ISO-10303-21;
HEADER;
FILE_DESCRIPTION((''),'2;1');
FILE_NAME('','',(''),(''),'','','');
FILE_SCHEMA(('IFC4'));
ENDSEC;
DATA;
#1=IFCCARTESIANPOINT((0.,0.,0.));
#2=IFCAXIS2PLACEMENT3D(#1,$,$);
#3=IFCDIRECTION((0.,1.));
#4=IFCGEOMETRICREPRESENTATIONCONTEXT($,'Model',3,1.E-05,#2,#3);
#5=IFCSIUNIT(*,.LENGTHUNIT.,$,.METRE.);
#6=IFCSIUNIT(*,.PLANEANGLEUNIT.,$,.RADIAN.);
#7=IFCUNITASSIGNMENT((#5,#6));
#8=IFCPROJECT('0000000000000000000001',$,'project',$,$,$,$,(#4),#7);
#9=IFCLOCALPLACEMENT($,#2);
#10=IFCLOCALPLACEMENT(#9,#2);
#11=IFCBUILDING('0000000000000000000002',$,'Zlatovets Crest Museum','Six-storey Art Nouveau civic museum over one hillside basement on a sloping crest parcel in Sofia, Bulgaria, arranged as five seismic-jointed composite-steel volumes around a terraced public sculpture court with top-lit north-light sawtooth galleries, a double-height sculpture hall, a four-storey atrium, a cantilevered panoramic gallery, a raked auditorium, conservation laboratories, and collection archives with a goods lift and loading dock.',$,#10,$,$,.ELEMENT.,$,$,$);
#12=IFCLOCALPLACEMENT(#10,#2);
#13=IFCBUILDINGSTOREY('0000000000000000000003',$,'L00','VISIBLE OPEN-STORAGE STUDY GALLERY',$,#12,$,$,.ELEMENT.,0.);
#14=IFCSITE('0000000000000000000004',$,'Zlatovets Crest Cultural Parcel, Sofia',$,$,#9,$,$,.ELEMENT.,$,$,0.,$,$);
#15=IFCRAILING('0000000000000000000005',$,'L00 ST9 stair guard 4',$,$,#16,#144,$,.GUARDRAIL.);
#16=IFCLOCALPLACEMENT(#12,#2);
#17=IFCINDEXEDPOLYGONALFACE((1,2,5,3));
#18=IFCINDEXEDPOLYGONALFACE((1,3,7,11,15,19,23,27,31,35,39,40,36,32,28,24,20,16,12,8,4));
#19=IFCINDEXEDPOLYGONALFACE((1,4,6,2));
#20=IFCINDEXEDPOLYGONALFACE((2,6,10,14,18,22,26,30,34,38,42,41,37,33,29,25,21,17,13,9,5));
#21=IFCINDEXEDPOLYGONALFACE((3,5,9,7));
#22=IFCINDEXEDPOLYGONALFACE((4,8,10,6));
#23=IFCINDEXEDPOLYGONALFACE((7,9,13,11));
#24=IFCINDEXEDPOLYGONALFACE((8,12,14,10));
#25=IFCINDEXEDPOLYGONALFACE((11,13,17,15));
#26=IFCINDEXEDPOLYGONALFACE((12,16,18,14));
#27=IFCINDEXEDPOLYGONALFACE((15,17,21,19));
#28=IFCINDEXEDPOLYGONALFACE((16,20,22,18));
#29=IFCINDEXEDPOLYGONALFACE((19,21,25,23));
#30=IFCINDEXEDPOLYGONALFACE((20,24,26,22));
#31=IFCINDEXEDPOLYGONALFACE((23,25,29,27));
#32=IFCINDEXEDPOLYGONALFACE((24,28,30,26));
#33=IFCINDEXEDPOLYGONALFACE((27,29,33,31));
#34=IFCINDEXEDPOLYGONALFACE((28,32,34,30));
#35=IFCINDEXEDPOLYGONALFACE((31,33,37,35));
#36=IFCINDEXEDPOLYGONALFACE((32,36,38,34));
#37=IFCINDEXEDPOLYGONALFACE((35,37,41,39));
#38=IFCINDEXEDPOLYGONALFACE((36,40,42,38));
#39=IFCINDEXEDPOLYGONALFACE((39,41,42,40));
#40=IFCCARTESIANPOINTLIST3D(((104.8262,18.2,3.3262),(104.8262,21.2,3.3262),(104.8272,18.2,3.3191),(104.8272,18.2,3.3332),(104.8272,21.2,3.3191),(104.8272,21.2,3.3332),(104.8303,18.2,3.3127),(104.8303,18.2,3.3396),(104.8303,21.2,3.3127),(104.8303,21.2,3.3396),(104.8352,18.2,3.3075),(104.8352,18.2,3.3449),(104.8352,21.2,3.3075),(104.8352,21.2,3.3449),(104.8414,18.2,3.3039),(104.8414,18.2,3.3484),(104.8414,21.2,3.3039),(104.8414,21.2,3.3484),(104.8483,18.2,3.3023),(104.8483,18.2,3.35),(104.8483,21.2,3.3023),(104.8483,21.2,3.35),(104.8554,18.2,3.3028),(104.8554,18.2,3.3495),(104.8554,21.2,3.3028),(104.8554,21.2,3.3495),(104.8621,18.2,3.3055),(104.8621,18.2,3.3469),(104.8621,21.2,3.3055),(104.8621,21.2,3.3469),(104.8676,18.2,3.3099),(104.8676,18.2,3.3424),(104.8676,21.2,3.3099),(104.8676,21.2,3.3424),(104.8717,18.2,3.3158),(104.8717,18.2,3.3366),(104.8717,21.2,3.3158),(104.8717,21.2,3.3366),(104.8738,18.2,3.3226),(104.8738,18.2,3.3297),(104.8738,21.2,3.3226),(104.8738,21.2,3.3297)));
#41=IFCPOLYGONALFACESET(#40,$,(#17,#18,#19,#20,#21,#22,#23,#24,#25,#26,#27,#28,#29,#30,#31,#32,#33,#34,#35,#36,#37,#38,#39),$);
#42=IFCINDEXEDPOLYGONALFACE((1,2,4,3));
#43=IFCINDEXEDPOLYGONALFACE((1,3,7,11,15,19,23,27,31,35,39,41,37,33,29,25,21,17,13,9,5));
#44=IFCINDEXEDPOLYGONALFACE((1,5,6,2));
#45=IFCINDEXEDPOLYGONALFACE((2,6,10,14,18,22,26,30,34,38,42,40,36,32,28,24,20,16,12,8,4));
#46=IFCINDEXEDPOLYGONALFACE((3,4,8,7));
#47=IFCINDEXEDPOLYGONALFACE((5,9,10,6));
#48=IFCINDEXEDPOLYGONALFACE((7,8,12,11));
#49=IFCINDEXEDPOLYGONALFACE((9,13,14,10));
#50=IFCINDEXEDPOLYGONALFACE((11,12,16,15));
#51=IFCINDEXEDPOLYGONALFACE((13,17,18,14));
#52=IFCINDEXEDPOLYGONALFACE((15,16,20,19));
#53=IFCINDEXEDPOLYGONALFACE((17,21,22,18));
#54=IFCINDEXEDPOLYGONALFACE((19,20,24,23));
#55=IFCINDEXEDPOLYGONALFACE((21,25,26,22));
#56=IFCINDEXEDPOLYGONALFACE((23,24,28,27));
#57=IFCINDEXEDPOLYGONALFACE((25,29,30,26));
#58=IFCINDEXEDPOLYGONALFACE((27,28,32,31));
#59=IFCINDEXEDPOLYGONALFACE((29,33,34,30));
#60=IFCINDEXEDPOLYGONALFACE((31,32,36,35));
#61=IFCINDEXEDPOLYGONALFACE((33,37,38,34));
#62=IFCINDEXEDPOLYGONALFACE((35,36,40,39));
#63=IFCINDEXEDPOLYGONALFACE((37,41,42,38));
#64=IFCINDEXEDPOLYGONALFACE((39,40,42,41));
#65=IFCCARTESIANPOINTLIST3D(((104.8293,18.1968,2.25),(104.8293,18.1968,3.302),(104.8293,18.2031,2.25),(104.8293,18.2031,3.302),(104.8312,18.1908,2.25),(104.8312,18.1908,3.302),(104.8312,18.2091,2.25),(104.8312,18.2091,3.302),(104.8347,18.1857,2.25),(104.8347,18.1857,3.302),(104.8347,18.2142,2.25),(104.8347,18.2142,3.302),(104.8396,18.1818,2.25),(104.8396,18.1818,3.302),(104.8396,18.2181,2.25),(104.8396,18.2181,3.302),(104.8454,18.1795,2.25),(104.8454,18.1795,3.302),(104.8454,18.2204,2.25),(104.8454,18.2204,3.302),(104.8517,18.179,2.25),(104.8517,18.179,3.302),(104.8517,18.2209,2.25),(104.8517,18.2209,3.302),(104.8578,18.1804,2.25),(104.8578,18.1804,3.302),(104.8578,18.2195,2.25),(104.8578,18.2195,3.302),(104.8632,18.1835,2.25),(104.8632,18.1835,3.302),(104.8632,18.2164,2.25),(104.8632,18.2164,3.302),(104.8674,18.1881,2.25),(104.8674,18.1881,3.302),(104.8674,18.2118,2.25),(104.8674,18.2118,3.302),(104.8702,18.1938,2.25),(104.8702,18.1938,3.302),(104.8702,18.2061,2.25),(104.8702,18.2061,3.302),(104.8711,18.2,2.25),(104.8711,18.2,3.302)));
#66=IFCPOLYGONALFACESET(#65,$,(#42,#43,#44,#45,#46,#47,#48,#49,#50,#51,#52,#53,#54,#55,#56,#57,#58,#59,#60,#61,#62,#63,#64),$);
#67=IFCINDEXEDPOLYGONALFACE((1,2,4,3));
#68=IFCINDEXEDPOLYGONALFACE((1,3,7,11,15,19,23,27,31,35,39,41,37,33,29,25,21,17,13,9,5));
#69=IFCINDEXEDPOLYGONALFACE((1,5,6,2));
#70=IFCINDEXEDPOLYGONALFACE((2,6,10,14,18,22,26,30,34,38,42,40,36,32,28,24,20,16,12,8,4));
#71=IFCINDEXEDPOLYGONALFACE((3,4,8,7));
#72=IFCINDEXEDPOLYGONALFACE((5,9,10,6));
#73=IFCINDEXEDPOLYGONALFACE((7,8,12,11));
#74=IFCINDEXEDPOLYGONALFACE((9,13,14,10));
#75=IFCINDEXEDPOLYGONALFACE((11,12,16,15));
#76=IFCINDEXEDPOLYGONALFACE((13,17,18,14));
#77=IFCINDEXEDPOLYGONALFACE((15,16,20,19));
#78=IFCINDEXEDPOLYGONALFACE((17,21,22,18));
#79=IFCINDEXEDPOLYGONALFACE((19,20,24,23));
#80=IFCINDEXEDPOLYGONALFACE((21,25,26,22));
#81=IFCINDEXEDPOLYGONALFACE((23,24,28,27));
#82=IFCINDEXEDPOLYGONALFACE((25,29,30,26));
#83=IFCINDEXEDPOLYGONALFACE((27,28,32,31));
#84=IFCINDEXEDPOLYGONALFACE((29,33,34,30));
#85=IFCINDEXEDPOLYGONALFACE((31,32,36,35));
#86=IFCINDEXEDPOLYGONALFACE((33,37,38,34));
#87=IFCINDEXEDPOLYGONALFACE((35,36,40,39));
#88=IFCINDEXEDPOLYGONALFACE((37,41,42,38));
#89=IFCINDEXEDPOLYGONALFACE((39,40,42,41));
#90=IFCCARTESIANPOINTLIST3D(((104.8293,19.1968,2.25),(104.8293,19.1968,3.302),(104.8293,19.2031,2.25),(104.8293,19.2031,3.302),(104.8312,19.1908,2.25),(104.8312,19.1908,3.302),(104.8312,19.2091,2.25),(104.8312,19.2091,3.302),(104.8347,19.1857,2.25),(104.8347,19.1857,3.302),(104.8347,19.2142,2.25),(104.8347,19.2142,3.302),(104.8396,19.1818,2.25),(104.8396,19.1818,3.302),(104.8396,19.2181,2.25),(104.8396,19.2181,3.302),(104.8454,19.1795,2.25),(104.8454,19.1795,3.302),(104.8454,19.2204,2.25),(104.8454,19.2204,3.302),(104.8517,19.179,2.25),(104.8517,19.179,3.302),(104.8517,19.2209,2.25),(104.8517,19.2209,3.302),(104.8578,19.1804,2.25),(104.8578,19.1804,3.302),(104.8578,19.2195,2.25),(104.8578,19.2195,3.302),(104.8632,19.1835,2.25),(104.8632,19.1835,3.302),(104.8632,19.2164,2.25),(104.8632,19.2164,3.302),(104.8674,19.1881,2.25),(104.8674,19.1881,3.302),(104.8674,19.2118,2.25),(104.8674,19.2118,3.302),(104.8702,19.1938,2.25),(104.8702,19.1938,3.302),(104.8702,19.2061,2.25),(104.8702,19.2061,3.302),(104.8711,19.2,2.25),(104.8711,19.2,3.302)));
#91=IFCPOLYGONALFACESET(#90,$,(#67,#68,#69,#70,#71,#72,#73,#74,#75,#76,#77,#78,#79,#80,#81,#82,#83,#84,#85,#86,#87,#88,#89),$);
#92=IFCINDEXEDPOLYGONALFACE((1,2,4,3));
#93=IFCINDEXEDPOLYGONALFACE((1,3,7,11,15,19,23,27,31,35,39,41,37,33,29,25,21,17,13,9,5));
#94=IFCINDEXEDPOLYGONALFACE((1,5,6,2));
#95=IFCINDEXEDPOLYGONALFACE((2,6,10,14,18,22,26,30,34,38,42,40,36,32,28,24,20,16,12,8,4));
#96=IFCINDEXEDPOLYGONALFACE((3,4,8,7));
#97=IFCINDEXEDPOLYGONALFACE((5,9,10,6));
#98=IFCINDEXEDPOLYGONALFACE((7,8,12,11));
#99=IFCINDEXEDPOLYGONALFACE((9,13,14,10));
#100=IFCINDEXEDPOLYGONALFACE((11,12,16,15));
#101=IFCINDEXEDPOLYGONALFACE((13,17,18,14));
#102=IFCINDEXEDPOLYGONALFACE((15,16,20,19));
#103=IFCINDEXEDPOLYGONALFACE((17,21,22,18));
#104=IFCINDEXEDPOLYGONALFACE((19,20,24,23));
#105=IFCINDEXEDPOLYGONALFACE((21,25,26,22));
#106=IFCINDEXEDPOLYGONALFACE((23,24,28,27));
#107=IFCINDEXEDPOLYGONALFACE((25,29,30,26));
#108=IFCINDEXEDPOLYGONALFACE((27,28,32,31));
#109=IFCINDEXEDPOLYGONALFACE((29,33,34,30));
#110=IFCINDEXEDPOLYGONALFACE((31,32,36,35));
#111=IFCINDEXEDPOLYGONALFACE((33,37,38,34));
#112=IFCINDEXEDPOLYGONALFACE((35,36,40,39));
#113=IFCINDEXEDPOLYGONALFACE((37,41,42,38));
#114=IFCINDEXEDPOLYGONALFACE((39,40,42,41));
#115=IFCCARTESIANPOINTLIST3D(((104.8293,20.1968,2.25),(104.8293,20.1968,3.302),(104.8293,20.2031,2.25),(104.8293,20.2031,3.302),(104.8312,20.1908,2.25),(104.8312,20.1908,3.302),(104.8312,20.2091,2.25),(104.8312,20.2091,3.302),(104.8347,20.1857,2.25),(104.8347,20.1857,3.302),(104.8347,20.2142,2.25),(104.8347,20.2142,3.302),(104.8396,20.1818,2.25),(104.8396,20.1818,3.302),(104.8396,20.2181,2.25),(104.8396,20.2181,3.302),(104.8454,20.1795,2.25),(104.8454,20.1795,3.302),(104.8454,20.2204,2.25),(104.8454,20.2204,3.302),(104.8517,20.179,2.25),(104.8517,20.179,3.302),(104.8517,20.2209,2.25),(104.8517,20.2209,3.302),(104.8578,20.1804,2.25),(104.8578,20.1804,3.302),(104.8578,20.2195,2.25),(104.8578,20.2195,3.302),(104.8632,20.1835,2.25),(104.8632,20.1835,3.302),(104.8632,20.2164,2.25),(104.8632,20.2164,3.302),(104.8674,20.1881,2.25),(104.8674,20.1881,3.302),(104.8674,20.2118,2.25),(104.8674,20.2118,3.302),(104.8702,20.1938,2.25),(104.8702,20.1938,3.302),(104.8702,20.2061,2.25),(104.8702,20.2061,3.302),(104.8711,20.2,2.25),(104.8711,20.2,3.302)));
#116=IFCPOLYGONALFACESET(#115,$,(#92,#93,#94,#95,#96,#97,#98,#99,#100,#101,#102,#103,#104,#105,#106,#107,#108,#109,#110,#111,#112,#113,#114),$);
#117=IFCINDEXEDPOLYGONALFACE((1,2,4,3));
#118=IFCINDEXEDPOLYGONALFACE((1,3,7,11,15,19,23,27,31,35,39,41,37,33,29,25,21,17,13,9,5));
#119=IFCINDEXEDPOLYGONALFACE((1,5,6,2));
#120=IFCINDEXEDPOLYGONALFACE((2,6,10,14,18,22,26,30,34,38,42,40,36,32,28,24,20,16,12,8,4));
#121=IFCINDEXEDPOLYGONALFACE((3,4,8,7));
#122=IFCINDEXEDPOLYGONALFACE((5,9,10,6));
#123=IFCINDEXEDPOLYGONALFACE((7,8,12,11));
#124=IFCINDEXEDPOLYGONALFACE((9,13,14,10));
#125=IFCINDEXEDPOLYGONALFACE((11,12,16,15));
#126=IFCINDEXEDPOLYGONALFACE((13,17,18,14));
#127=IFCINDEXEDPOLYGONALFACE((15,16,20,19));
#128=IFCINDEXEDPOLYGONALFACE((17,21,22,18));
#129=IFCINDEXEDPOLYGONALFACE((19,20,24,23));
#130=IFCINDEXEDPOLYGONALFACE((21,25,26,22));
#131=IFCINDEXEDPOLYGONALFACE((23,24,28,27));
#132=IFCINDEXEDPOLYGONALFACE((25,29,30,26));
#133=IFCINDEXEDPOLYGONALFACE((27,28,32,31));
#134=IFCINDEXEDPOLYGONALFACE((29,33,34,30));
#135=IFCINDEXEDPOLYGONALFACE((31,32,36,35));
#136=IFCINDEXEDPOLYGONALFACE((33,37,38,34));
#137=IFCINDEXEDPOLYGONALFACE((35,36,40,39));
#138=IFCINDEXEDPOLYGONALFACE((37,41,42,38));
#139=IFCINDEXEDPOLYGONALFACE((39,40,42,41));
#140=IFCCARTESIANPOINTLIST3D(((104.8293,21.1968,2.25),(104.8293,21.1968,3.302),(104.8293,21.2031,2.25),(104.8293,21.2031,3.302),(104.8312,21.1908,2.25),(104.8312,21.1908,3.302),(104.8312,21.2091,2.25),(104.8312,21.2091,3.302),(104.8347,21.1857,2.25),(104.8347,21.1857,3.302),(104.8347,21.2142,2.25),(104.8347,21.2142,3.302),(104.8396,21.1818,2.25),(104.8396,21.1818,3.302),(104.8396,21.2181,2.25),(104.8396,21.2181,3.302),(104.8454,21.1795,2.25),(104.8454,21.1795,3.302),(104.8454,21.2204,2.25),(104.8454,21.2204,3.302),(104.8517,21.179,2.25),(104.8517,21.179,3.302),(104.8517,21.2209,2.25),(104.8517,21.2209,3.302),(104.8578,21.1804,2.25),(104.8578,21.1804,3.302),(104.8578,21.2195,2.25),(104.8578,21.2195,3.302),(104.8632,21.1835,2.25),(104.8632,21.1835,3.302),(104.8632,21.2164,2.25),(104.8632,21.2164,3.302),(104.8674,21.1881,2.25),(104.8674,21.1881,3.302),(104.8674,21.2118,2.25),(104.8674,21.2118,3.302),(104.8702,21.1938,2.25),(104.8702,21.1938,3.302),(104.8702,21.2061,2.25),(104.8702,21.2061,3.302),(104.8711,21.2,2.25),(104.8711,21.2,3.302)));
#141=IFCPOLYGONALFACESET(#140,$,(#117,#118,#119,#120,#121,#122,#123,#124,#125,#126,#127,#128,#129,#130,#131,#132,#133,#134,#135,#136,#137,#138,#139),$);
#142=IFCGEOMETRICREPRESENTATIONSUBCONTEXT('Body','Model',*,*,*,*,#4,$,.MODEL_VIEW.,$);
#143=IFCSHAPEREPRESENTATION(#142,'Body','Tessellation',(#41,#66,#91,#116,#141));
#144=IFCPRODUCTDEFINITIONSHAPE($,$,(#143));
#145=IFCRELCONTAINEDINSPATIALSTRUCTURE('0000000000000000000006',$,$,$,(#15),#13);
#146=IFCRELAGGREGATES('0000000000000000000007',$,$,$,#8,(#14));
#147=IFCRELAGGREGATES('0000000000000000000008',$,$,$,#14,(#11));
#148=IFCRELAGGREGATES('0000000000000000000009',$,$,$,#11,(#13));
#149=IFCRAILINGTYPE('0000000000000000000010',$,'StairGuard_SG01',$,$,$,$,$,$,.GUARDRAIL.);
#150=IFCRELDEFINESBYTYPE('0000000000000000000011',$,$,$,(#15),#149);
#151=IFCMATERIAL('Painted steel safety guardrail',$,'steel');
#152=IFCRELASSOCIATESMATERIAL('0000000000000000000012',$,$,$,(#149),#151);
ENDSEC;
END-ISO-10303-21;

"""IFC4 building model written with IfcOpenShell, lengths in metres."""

from ifc_helpers import new_model, si_unit, direction, frame, origin, origin_2d, place, context, subcontext, project, spatial, circle, extrude, material, type_object, element, save


model = new_model("IFC4")

# Units and contexts
model_context = context("Model", 3, precision=1e-05, world=origin(), true_north=direction((0.0, 1.0)))
body_context = subcontext(model_context, "Body", "Model", "MODEL_VIEW")
ifc_project = project(units=[si_unit("LENGTHUNIT", "METRE"), si_unit("PLANEANGLEUNIT", "RADIAN")], contexts=[model_context])

# Site, building, storey
site_placement = place(None, origin())
site = spatial("IfcSite", under=ifc_project, at=site_placement, Name="Zlatovets Crest Cultural Parcel, Sofia", CompositionType="ELEMENT", RefElevation=0.0)
building_placement = place(site_placement, origin())
building = spatial("IfcBuilding", under=site, at=building_placement, Name="Zlatovets Crest Museum", Description="Six-storey Art Nouveau civic museum over one hillside basement on a sloping crest parcel in Sofia, Bulgaria, arranged as five seismic-jointed composite-steel volumes around a terraced public sculpture court with top-lit north-light sawtooth galleries, a double-height sculpture hall, a four-storey atrium, a cantilevered panoramic gallery, a raked auditorium, conservation laboratories, and collection archives with a goods lift and loading dock.", CompositionType="ELEMENT")
storey_placement = place(building_placement, origin())
storey = spatial("IfcBuildingStorey", under=building, at=storey_placement, Name="L00", Description="VISIBLE OPEN-STORAGE STUDY GALLERY", CompositionType="ELEMENT", Elevation=0.0)

# Railing
ifc_material_1 = material(Name="Painted steel safety guardrail", Category="steel")
railing_type_1 = type_object("IfcRailingType", Name="StairGuard_SG01", PredefinedType="GUARDRAIL", material=ifc_material_1)
railing_1_placement = place(storey_placement, frame((104.8501, 18.2, 2.25)))
element("IfcRailing", 1, at=railing_1_placement, inside=storey, type_object=railing_type_1, Name="L00 ST9 stair guard 4", PredefinedType="GUARDRAIL", context=body_context, shape_type="SweptSolid", body=[
    extrude(circle(Radius=0.0239, at=origin_2d()), frame((0.0, 0.0, 1.0762), z_axis=(0.0, 1.0, 0.0), x_axis=(-1.0, 0.0, 0.0)), (0.0, 0.0, 1.0), 3.0),
    extrude(circle(Radius=0.021, at=origin_2d()), origin(), (0.0, 0.0, 1.0), 1.052),
    extrude(circle(Radius=0.021, at=origin_2d()), frame((0.0, 1.0, 0.0)), (0.0, 0.0, 1.0), 1.052),
    extrude(circle(Radius=0.021, at=origin_2d()), frame((0.0, 2.0, 0.0)), (0.0, 0.0, 1.0), 1.052),
    extrude(circle(Radius=0.021, at=origin_2d()), frame((0.0, 3.0, 0.0)), (0.0, 0.0, 1.0), 1.052),
])

save(model, "model.ifc")
